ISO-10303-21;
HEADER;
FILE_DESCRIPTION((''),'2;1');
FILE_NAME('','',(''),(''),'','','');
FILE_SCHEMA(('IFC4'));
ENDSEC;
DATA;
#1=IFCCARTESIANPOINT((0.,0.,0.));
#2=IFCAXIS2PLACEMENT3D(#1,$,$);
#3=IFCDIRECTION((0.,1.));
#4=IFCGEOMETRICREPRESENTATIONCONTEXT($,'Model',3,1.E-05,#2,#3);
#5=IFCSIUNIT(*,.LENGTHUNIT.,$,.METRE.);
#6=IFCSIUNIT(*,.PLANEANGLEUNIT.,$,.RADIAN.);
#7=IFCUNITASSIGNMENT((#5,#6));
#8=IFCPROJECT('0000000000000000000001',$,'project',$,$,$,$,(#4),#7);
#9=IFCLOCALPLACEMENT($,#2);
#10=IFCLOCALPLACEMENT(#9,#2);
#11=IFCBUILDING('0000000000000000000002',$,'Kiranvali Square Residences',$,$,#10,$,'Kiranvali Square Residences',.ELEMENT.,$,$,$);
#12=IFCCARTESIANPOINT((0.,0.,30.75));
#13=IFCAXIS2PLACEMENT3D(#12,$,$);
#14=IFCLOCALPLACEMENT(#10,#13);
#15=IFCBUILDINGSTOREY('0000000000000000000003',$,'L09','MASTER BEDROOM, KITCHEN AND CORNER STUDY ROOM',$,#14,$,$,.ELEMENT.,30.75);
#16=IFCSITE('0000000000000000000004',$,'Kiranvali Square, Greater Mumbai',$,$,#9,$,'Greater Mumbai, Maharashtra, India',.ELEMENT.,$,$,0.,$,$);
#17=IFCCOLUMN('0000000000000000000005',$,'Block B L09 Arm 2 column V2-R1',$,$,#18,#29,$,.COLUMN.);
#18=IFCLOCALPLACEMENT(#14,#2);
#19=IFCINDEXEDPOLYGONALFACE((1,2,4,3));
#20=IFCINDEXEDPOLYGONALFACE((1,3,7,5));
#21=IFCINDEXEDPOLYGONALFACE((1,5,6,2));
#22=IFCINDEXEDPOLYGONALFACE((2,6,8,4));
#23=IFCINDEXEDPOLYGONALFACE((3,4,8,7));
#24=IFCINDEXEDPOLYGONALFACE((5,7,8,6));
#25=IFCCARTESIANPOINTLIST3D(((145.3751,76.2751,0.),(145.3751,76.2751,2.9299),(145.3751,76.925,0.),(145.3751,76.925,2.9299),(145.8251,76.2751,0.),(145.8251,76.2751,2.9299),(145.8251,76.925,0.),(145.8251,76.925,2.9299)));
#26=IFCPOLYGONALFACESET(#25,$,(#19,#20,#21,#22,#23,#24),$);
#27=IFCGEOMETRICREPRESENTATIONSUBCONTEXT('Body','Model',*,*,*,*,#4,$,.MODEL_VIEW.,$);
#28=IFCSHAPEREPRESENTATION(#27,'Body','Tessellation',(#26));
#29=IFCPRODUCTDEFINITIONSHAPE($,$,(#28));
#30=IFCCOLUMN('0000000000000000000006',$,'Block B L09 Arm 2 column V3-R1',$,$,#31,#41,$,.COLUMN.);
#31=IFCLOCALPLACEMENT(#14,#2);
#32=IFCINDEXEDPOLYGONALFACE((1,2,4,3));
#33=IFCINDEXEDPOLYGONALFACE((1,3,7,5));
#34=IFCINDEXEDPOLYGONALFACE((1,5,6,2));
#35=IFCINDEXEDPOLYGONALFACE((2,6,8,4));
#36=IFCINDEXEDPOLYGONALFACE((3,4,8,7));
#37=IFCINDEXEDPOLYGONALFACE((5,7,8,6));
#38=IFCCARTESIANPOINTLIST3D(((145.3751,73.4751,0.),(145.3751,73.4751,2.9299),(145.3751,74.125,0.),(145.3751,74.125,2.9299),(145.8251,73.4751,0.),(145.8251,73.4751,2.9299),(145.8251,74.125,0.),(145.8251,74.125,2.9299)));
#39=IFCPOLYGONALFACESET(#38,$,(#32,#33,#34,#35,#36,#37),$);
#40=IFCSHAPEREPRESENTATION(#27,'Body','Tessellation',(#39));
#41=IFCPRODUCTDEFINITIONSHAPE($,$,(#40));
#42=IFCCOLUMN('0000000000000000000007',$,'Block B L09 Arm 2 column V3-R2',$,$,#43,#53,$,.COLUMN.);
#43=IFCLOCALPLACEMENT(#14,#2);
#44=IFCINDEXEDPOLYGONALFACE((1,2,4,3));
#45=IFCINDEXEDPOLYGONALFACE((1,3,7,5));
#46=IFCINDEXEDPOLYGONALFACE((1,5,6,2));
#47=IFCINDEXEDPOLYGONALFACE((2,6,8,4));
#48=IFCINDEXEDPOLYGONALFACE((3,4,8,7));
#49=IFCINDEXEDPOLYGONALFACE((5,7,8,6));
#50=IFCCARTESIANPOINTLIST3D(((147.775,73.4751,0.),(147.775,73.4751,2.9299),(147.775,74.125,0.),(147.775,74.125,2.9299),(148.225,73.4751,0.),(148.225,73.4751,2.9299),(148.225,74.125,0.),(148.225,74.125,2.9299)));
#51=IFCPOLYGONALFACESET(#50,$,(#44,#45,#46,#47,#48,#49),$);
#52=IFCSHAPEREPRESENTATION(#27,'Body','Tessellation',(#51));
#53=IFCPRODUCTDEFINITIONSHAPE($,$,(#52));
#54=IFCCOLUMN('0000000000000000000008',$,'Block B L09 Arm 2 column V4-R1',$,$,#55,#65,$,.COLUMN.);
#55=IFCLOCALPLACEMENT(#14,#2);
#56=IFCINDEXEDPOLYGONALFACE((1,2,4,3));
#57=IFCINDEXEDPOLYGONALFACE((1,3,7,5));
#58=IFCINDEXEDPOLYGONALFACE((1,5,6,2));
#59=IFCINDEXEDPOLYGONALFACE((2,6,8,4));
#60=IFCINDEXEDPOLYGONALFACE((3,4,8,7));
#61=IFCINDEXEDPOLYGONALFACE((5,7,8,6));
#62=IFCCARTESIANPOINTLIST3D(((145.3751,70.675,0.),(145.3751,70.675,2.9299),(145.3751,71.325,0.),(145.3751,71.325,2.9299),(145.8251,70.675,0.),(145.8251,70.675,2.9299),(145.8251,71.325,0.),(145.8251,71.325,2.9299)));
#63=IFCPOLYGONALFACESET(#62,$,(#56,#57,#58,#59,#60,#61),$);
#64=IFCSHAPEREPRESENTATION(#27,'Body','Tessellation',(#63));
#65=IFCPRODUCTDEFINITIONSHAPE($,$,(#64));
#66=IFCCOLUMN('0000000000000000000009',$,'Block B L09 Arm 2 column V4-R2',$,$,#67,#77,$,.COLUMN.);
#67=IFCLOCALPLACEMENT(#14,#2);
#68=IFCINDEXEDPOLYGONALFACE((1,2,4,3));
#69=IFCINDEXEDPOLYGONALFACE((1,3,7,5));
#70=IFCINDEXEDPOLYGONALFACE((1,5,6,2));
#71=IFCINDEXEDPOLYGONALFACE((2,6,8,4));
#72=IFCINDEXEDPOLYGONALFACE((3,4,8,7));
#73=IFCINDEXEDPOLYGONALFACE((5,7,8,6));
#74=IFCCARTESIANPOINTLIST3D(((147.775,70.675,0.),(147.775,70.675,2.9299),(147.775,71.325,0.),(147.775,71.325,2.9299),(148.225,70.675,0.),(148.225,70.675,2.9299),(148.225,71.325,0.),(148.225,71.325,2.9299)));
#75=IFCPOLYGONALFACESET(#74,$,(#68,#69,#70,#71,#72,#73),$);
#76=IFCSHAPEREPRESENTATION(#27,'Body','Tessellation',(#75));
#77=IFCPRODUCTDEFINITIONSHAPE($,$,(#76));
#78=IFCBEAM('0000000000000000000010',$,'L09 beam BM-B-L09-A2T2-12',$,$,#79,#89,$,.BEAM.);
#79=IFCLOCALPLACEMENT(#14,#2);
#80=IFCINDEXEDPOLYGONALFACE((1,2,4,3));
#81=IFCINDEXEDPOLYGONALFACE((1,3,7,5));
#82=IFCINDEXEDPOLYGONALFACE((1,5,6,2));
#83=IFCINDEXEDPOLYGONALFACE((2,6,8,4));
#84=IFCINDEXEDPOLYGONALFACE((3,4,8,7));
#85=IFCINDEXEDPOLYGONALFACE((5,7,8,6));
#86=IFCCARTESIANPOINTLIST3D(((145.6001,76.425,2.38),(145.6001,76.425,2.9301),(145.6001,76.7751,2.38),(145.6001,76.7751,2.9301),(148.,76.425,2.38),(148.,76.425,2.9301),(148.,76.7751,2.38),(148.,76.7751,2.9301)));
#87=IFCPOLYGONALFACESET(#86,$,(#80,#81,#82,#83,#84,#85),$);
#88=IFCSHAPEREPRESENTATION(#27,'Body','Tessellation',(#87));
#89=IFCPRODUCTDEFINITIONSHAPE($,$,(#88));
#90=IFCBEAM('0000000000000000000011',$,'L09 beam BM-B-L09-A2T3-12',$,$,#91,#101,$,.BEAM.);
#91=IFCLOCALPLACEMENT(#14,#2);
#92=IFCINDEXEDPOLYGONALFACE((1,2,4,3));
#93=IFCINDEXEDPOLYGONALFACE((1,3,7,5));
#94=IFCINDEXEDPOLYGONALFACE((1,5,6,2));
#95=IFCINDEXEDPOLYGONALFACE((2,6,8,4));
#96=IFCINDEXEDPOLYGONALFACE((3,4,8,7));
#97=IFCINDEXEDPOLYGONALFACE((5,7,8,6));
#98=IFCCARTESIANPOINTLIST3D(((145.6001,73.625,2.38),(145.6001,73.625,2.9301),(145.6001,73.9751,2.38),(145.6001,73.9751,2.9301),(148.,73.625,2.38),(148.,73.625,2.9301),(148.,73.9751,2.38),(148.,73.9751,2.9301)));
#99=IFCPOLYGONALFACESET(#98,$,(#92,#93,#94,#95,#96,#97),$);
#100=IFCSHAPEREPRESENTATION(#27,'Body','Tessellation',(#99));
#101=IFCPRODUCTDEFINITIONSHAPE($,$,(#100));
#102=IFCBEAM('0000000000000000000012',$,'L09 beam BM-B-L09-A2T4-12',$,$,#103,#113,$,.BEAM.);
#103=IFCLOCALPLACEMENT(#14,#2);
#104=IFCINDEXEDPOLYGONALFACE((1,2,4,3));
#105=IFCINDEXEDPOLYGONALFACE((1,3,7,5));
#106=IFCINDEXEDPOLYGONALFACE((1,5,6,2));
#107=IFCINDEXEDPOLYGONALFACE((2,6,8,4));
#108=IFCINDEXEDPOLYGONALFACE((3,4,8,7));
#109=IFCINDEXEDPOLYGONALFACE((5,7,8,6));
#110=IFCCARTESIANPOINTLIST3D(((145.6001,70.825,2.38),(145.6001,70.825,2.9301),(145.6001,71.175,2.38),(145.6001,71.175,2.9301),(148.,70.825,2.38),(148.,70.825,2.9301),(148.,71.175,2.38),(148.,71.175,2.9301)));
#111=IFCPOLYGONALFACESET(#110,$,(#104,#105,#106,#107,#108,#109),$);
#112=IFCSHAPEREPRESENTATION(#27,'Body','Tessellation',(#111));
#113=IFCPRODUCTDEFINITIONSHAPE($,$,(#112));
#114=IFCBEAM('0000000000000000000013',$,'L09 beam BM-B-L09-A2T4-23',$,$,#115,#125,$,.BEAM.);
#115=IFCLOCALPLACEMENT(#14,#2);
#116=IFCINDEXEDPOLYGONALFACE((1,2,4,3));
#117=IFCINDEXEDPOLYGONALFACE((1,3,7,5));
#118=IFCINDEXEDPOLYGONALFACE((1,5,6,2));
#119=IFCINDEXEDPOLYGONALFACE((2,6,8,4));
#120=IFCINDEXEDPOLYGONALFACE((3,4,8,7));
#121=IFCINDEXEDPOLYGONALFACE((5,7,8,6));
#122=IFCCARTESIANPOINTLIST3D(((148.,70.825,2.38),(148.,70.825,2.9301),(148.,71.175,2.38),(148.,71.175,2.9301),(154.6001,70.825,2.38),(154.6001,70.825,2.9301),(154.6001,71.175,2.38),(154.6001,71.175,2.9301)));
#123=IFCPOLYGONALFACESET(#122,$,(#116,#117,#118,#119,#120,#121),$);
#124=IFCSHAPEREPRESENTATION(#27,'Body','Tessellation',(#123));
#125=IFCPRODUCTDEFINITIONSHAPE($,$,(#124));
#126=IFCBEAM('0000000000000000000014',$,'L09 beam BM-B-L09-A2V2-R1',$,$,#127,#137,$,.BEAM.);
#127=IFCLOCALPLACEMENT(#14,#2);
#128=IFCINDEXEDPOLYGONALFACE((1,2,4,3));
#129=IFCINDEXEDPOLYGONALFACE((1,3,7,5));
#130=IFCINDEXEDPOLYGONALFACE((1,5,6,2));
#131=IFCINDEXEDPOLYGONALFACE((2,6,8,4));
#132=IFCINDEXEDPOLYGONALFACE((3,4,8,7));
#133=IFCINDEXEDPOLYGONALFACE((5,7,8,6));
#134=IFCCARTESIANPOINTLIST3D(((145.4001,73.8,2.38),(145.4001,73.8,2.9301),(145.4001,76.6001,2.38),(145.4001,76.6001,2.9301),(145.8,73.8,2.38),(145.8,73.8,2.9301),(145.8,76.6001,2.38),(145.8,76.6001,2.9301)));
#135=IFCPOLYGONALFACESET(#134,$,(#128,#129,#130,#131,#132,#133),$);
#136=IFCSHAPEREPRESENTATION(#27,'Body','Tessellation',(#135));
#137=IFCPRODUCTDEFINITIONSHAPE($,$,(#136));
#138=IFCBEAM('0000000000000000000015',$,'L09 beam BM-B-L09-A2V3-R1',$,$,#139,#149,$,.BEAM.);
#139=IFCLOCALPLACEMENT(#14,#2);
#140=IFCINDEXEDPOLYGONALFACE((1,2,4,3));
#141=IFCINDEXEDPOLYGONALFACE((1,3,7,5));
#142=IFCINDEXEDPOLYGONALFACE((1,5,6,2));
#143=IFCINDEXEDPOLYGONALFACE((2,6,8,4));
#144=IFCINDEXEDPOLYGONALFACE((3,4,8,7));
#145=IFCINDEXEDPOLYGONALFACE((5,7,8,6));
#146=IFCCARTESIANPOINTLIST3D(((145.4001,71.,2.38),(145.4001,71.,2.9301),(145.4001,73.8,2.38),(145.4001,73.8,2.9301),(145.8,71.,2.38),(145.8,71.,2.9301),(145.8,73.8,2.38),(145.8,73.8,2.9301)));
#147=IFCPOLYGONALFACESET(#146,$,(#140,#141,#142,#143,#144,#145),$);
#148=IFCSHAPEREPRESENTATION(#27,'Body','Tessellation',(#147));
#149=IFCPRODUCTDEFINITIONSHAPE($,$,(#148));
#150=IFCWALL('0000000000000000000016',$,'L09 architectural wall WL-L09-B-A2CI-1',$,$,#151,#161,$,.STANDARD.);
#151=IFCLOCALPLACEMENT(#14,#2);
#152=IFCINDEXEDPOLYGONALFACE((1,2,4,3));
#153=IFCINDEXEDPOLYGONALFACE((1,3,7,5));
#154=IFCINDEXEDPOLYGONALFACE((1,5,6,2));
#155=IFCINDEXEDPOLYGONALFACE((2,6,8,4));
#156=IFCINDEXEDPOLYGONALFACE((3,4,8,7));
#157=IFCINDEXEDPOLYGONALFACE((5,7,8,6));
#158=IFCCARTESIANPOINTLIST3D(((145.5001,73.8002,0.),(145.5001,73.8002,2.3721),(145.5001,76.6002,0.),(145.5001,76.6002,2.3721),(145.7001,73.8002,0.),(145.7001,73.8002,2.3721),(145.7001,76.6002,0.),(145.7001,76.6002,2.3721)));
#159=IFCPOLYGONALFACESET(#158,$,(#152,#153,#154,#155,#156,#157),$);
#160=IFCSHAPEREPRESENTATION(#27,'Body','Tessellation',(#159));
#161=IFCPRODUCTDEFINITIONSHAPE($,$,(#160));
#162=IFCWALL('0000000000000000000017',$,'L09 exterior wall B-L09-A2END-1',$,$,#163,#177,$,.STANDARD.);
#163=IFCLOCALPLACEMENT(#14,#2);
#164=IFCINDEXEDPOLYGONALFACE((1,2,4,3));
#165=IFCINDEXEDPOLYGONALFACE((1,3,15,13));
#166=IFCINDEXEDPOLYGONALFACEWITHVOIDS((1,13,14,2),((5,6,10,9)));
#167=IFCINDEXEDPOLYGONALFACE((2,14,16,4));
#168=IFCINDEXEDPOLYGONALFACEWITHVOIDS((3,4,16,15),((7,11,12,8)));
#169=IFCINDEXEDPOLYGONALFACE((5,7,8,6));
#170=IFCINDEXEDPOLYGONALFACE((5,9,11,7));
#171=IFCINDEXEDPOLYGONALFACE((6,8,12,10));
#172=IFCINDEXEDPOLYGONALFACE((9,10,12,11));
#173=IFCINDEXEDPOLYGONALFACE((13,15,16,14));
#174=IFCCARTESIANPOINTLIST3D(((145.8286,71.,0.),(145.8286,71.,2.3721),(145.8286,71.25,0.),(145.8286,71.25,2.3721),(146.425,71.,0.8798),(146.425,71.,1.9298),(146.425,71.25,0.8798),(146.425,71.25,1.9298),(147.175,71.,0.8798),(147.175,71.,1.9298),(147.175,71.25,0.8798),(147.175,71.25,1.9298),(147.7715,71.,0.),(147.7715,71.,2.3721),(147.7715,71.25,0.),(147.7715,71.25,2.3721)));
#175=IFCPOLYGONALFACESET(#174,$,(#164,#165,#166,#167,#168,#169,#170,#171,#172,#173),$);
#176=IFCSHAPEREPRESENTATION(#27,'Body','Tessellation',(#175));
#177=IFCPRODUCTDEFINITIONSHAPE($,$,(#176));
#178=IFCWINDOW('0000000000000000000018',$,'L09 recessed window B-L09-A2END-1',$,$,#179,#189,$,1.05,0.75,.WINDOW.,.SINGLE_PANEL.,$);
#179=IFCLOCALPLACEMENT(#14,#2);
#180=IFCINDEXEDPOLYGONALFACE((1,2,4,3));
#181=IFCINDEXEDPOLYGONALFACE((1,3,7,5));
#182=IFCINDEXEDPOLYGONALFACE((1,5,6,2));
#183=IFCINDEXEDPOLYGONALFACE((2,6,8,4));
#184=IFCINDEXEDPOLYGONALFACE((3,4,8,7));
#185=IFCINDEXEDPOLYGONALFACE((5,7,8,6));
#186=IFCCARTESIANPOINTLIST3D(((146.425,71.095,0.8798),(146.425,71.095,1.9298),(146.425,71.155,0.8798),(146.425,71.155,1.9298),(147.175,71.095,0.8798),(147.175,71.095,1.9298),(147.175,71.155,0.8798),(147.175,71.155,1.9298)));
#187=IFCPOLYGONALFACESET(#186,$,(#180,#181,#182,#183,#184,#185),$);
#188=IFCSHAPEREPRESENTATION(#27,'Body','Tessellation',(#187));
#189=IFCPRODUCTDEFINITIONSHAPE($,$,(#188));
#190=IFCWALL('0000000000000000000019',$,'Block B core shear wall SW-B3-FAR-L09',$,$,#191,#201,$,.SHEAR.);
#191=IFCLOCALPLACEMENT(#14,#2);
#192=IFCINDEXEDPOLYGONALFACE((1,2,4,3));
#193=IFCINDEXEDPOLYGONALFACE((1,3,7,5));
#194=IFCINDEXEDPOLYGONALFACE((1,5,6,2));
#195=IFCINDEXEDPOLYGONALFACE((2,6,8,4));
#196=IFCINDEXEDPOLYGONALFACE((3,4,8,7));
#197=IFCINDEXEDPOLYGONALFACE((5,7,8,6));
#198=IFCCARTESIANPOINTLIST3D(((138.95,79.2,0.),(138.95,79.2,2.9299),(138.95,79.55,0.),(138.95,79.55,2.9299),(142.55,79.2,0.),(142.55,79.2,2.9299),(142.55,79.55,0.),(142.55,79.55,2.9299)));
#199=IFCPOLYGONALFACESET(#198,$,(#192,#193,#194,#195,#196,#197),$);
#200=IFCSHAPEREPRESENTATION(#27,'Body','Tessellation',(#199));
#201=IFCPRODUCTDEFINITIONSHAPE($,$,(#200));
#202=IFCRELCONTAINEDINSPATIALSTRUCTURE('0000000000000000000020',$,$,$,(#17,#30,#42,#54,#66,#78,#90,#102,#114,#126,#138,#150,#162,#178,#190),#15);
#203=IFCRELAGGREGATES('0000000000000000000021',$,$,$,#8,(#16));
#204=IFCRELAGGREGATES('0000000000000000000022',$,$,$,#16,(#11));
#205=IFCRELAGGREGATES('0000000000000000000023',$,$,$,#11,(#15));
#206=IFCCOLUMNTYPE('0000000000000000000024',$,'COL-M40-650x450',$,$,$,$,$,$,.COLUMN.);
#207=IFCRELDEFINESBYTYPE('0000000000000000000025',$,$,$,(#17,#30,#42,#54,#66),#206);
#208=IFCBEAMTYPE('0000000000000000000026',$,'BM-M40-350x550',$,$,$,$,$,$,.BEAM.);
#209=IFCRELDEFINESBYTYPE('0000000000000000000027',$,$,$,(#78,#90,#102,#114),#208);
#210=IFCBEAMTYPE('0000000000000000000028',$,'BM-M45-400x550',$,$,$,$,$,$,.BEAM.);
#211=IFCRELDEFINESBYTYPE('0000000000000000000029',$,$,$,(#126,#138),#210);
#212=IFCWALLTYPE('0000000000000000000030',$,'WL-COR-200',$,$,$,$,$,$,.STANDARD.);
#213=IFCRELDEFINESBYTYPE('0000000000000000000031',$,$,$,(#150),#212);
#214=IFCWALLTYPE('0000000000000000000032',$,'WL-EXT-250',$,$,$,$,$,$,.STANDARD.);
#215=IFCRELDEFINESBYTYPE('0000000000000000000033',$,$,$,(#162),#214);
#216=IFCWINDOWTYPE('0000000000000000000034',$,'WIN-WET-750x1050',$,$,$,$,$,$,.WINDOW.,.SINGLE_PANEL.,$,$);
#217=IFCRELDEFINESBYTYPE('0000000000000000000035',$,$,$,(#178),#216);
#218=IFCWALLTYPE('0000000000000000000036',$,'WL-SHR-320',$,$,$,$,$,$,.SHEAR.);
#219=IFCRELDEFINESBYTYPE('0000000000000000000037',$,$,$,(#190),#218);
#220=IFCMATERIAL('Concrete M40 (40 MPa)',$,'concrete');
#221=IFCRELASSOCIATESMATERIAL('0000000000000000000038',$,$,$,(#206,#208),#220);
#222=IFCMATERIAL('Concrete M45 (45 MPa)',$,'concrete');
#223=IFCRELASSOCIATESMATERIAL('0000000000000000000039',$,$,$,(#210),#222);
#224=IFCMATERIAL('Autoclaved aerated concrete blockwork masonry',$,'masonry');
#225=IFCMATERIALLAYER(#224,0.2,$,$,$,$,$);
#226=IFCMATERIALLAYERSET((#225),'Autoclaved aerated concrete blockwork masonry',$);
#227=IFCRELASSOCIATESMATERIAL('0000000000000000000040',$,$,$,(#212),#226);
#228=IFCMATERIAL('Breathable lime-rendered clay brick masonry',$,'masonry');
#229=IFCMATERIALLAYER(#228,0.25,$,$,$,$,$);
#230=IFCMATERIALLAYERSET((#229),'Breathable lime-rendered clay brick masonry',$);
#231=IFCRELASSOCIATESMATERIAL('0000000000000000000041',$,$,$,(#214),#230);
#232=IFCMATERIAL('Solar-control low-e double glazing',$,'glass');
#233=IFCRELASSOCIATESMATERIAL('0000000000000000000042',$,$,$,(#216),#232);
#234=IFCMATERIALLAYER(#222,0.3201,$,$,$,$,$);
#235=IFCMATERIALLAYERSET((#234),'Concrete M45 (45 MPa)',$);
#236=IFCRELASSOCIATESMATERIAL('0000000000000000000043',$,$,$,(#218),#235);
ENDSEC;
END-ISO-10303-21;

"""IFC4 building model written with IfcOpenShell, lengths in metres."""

from ifc_helpers import new_model, si_unit, direction, frame, frame_2d, origin, origin_2d, place, context, subcontext, project, spatial, rectangle, extrude, material, layer, layer_set, material_profile, profile_set, type_object, element, fill, save


model = new_model("IFC4")

# Units and contexts
model_context = context("Model", 3, precision=1e-05, world=origin(), true_north=direction((0.0, 1.0)))
body_context = subcontext(model_context, "Body", "Model", "MODEL_VIEW")
ifc_project = project(units=[si_unit("LENGTHUNIT", "METRE"), si_unit("PLANEANGLEUNIT", "RADIAN")], contexts=[model_context])

# Site, building, storey
site_placement = place(None, origin())
site = spatial("IfcSite", under=ifc_project, at=site_placement, Name="Kiranvali Square, Greater Mumbai", LongName="Greater Mumbai, Maharashtra, India", CompositionType="ELEMENT", RefElevation=0.0)
building_placement = place(site_placement, origin())
building = spatial("IfcBuilding", under=site, at=building_placement, Name="Kiranvali Square Residences", LongName="Kiranvali Square Residences", CompositionType="ELEMENT")
storey_placement = place(building_placement, frame((0.0, 0.0, 30.75)))
storey = spatial("IfcBuildingStorey", under=building, at=storey_placement, Name="L09", Description="MASTER BEDROOM, KITCHEN AND CORNER STUDY ROOM", CompositionType="ELEMENT", Elevation=30.75)

# Columns
ifc_material_1 = material(Name="Concrete M40 (40 MPa)", Category="concrete")
ifc_material_profile_1 = material_profile(ifc_material_1, rectangle(XDim=0.45, YDim=0.6499, at=origin_2d()), Name="RC 650x450")
ifc_profile_set_1 = profile_set([ifc_material_profile_1], Name="Concrete M40 (40 MPa)")
column_type = type_object("IfcColumnType", Name="COL-M40-650x450", PredefinedType="COLUMN", material=ifc_profile_set_1)
for number, where, z_axis, x_axis, name in (
    (1, (145.6001, 76.6001, 0.0), (0.0, 0.0, 1.0), (1.0, 0.0, 0.0), "Block B L09 Arm 2 column V2-R1"),
    (2, (145.6001, 73.8, 0.0), (0.0, 0.0, 1.0), (1.0, 0.0, 0.0), "Block B L09 Arm 2 column V3-R1"),
    (3, (148.0, 73.8, 0.0), (0.0, 0.0, 1.0), (1.0, 0.0, 0.0), "Block B L09 Arm 2 column V3-R2"),
    (4, (145.6001, 71.0, 0.0), (0.0, 0.0, 1.0), (1.0, 0.0, 0.0), "Block B L09 Arm 2 column V4-R1"),
    (5, (148.0, 71.0, 0.0), (0.0, 0.0, 1.0), (1.0, 0.0, 0.0), "Block B L09 Arm 2 column V4-R2"),
):
    element("IfcColumn", number, at=place(storey_placement, frame(where, z_axis=z_axis, x_axis=x_axis)), inside=storey, type_object=column_type, Name=name, PredefinedType="COLUMN", context=body_context, shape_type="SweptSolid", body=[
        extrude(rectangle(XDim=0.45, YDim=0.6499, at=origin_2d()), origin(), (0.0, 0.0, 1.0), 2.9299),
    ])

# Beams
ifc_material_profile_2 = material_profile(ifc_material_1, rectangle(XDim=0.3501, YDim=0.55, at=origin_2d()), Name="RC 350x550")
ifc_profile_set_2 = profile_set([ifc_material_profile_2], Name="Concrete M40 (40 MPa)")
beam_type_1 = type_object("IfcBeamType", Name="BM-M40-350x550", PredefinedType="BEAM", material=ifc_profile_set_2)
for number, where, z_axis, x_axis, name in (
    (6, (145.6001, 76.6001, 2.655), (1.0, 0.0, 0.0), (0.0, 1.0, 0.0), "L09 beam BM-B-L09-A2T2-12"),
    (7, (145.6001, 73.8, 2.655), (1.0, 0.0, 0.0), (0.0, 1.0, 0.0), "L09 beam BM-B-L09-A2T3-12"),
    (8, (145.6001, 71.0, 2.655), (1.0, 0.0, 0.0), (0.0, 1.0, 0.0), "L09 beam BM-B-L09-A2T4-12"),
):
    element("IfcBeam", number, at=place(storey_placement, frame(where, z_axis=z_axis, x_axis=x_axis)), inside=storey, type_object=beam_type_1, Name=name, PredefinedType="BEAM", context=body_context, shape_type="SweptSolid", body=[
        extrude(rectangle(XDim=0.3501, YDim=0.55, at=origin_2d()), origin(), (0.0, 0.0, 1.0), 2.3999),
    ])
beam_placement = place(storey_placement, frame((148.0, 71.0, 2.655), z_axis=(1.0, 0.0, 0.0), x_axis=(0.0, 1.0, 0.0)))
element("IfcBeam", 9, at=beam_placement, inside=storey, type_object=beam_type_1, Name="L09 beam BM-B-L09-A2T4-23", PredefinedType="BEAM", context=body_context, shape_type="SweptSolid", body=[
    extrude(rectangle(XDim=0.3501, YDim=0.55, at=origin_2d()), origin(), (0.0, 0.0, 1.0), 6.6001),
])
ifc_material_2 = material(Name="Concrete M45 (45 MPa)", Category="concrete")
ifc_material_profile_3 = material_profile(ifc_material_2, rectangle(XDim=0.3999, YDim=0.55, at=origin_2d()), Name="RC 400x550")
ifc_profile_set_3 = profile_set([ifc_material_profile_3], Name="Concrete M45 (45 MPa)")
beam_type_2 = type_object("IfcBeamType", Name="BM-M45-400x550", PredefinedType="BEAM", material=ifc_profile_set_3)
for number, where, z_axis, x_axis, name in (
    (10, (145.6001, 76.6001, 2.655), (0.0, -1.0, 0.0), (1.0, 0.0, 0.0), "L09 beam BM-B-L09-A2V2-R1"),
    (11, (145.6001, 73.8, 2.655), (0.0, -1.0, 0.0), (1.0, 0.0, 0.0), "L09 beam BM-B-L09-A2V3-R1"),
):
    element("IfcBeam", number, at=place(storey_placement, frame(where, z_axis=z_axis, x_axis=x_axis)), inside=storey, type_object=beam_type_2, Name=name, PredefinedType="BEAM", context=body_context, shape_type="SweptSolid", body=[
        extrude(rectangle(XDim=0.3999, YDim=0.55, at=origin_2d()), origin(), (0.0, 0.0, 1.0), 2.8),
    ])

# Wall
ifc_material_3 = material(Name="Autoclaved aerated concrete blockwork masonry", Category="masonry")
ifc_layer_1 = layer(ifc_material_3, 0.2)
ifc_layer_set_1 = layer_set([ifc_layer_1], Name="Autoclaved aerated concrete blockwork masonry")
wall_type_1 = type_object("IfcWallType", Name="WL-COR-200", PredefinedType="STANDARD", material=ifc_layer_set_1)
wall_1_placement = place(storey_placement, frame((145.6001, 76.6001, 0.0), z_axis=(0.0, 0.0, 1.0), x_axis=(0.0, -1.0, 0.0)))
element("IfcWall", 12, at=wall_1_placement, inside=storey, type_object=wall_type_1, Name="L09 architectural wall WL-L09-B-A2CI-1", PredefinedType="STANDARD", context=body_context, shape_type="SweptSolid", body=[
    extrude(rectangle(XDim=2.8, YDim=0.2, at=frame_2d((1.3999, 0.0))), origin(), (0.0, 0.0, 1.0), 2.3721),
])

# Wall, opening, window
ifc_material_4 = material(Name="Breathable lime-rendered clay brick masonry", Category="masonry")
ifc_layer_2 = layer(ifc_material_4, 0.25)
ifc_layer_set_2 = layer_set([ifc_layer_2], Name="Breathable lime-rendered clay brick masonry")
wall_type_2 = type_object("IfcWallType", Name="WL-EXT-250", PredefinedType="STANDARD", material=ifc_layer_set_2)
wall_2_placement = place(storey_placement, frame((145.8286, 71.125, 0.0), z_axis=(0.0, 0.0, 1.0), x_axis=(1.0, 0.0, 0.0)))
wall_2 = element("IfcWall", 13, at=wall_2_placement, inside=storey, type_object=wall_type_2, Name="L09 exterior wall B-L09-A2END-1", PredefinedType="STANDARD", context=body_context, shape_type="SweptSolid", body=[
    extrude(rectangle(XDim=1.9429, YDim=0.25, at=frame_2d((0.9714, 0.0))), origin(), (0.0, 0.0, 1.0), 2.3721),
])
opening_1_placement = place(wall_2_placement, frame((0.5964, 0.0, 0.8799)))
opening_1 = element("IfcOpeningElement", 14, at=opening_1_placement, cuts=wall_2, PredefinedType="OPENING", context=body_context, shape_type="SweptSolid", body=[
    extrude(rectangle(XDim=0.75, YDim=1.05, at=frame_2d((0.375, 0.5249))), frame((0.0, 0.135, 0.0), z_axis=(0.0, -1.0, 0.0), x_axis=(1.0, 0.0, 0.0)), (0.0, 0.0, 1.0), 0.27),
])
ifc_material_5 = material(Name="Solar-control low-e double glazing", Category="glass")
window_type = type_object("IfcWindowType", Name="WIN-WET-750x1050", PartitioningType="SINGLE_PANEL", PredefinedType="WINDOW", material=ifc_material_5)
window_placement = place(opening_1_placement, origin())
window = element("IfcWindow", 15, at=window_placement, inside=storey, type_object=window_type, Name="L09 recessed window B-L09-A2END-1", OverallHeight=1.05, OverallWidth=0.75, PartitioningType="SINGLE_PANEL", PredefinedType="WINDOW", context=body_context, shape_type="SweptSolid", body=[
    extrude(rectangle(XDim=0.75, YDim=1.05, at=frame_2d((0.375, 0.5249))), frame((0.0, 0.03, 0.0), z_axis=(0.0, -1.0, 0.0), x_axis=(1.0, 0.0, 0.0)), (0.0, 0.0, 1.0), 0.0601),
])
fill(opening_1, window)

# Wall
ifc_layer_3 = layer(ifc_material_2, 0.3201)
ifc_layer_set_3 = layer_set([ifc_layer_3], Name="Concrete M45 (45 MPa)")
wall_type_3 = type_object("IfcWallType", Name="WL-SHR-320", PredefinedType="SHEAR", material=ifc_layer_set_3)
wall_3_placement = place(storey_placement, frame((138.95, 79.375, 0.0), z_axis=(0.0, 0.0, 1.0), x_axis=(1.0, 0.0, 0.0)))
element("IfcWall", 16, at=wall_3_placement, inside=storey, type_object=wall_type_3, Name="Block B core shear wall SW-B3-FAR-L09", PredefinedType="SHEAR", context=body_context, shape_type="SweptSolid", body=[
    extrude(rectangle(XDim=3.6001, YDim=0.3501, at=frame_2d((1.8, 0.0))), origin(), (0.0, 0.0, 1.0), 2.9299),
])

save(model, "model.ifc")
